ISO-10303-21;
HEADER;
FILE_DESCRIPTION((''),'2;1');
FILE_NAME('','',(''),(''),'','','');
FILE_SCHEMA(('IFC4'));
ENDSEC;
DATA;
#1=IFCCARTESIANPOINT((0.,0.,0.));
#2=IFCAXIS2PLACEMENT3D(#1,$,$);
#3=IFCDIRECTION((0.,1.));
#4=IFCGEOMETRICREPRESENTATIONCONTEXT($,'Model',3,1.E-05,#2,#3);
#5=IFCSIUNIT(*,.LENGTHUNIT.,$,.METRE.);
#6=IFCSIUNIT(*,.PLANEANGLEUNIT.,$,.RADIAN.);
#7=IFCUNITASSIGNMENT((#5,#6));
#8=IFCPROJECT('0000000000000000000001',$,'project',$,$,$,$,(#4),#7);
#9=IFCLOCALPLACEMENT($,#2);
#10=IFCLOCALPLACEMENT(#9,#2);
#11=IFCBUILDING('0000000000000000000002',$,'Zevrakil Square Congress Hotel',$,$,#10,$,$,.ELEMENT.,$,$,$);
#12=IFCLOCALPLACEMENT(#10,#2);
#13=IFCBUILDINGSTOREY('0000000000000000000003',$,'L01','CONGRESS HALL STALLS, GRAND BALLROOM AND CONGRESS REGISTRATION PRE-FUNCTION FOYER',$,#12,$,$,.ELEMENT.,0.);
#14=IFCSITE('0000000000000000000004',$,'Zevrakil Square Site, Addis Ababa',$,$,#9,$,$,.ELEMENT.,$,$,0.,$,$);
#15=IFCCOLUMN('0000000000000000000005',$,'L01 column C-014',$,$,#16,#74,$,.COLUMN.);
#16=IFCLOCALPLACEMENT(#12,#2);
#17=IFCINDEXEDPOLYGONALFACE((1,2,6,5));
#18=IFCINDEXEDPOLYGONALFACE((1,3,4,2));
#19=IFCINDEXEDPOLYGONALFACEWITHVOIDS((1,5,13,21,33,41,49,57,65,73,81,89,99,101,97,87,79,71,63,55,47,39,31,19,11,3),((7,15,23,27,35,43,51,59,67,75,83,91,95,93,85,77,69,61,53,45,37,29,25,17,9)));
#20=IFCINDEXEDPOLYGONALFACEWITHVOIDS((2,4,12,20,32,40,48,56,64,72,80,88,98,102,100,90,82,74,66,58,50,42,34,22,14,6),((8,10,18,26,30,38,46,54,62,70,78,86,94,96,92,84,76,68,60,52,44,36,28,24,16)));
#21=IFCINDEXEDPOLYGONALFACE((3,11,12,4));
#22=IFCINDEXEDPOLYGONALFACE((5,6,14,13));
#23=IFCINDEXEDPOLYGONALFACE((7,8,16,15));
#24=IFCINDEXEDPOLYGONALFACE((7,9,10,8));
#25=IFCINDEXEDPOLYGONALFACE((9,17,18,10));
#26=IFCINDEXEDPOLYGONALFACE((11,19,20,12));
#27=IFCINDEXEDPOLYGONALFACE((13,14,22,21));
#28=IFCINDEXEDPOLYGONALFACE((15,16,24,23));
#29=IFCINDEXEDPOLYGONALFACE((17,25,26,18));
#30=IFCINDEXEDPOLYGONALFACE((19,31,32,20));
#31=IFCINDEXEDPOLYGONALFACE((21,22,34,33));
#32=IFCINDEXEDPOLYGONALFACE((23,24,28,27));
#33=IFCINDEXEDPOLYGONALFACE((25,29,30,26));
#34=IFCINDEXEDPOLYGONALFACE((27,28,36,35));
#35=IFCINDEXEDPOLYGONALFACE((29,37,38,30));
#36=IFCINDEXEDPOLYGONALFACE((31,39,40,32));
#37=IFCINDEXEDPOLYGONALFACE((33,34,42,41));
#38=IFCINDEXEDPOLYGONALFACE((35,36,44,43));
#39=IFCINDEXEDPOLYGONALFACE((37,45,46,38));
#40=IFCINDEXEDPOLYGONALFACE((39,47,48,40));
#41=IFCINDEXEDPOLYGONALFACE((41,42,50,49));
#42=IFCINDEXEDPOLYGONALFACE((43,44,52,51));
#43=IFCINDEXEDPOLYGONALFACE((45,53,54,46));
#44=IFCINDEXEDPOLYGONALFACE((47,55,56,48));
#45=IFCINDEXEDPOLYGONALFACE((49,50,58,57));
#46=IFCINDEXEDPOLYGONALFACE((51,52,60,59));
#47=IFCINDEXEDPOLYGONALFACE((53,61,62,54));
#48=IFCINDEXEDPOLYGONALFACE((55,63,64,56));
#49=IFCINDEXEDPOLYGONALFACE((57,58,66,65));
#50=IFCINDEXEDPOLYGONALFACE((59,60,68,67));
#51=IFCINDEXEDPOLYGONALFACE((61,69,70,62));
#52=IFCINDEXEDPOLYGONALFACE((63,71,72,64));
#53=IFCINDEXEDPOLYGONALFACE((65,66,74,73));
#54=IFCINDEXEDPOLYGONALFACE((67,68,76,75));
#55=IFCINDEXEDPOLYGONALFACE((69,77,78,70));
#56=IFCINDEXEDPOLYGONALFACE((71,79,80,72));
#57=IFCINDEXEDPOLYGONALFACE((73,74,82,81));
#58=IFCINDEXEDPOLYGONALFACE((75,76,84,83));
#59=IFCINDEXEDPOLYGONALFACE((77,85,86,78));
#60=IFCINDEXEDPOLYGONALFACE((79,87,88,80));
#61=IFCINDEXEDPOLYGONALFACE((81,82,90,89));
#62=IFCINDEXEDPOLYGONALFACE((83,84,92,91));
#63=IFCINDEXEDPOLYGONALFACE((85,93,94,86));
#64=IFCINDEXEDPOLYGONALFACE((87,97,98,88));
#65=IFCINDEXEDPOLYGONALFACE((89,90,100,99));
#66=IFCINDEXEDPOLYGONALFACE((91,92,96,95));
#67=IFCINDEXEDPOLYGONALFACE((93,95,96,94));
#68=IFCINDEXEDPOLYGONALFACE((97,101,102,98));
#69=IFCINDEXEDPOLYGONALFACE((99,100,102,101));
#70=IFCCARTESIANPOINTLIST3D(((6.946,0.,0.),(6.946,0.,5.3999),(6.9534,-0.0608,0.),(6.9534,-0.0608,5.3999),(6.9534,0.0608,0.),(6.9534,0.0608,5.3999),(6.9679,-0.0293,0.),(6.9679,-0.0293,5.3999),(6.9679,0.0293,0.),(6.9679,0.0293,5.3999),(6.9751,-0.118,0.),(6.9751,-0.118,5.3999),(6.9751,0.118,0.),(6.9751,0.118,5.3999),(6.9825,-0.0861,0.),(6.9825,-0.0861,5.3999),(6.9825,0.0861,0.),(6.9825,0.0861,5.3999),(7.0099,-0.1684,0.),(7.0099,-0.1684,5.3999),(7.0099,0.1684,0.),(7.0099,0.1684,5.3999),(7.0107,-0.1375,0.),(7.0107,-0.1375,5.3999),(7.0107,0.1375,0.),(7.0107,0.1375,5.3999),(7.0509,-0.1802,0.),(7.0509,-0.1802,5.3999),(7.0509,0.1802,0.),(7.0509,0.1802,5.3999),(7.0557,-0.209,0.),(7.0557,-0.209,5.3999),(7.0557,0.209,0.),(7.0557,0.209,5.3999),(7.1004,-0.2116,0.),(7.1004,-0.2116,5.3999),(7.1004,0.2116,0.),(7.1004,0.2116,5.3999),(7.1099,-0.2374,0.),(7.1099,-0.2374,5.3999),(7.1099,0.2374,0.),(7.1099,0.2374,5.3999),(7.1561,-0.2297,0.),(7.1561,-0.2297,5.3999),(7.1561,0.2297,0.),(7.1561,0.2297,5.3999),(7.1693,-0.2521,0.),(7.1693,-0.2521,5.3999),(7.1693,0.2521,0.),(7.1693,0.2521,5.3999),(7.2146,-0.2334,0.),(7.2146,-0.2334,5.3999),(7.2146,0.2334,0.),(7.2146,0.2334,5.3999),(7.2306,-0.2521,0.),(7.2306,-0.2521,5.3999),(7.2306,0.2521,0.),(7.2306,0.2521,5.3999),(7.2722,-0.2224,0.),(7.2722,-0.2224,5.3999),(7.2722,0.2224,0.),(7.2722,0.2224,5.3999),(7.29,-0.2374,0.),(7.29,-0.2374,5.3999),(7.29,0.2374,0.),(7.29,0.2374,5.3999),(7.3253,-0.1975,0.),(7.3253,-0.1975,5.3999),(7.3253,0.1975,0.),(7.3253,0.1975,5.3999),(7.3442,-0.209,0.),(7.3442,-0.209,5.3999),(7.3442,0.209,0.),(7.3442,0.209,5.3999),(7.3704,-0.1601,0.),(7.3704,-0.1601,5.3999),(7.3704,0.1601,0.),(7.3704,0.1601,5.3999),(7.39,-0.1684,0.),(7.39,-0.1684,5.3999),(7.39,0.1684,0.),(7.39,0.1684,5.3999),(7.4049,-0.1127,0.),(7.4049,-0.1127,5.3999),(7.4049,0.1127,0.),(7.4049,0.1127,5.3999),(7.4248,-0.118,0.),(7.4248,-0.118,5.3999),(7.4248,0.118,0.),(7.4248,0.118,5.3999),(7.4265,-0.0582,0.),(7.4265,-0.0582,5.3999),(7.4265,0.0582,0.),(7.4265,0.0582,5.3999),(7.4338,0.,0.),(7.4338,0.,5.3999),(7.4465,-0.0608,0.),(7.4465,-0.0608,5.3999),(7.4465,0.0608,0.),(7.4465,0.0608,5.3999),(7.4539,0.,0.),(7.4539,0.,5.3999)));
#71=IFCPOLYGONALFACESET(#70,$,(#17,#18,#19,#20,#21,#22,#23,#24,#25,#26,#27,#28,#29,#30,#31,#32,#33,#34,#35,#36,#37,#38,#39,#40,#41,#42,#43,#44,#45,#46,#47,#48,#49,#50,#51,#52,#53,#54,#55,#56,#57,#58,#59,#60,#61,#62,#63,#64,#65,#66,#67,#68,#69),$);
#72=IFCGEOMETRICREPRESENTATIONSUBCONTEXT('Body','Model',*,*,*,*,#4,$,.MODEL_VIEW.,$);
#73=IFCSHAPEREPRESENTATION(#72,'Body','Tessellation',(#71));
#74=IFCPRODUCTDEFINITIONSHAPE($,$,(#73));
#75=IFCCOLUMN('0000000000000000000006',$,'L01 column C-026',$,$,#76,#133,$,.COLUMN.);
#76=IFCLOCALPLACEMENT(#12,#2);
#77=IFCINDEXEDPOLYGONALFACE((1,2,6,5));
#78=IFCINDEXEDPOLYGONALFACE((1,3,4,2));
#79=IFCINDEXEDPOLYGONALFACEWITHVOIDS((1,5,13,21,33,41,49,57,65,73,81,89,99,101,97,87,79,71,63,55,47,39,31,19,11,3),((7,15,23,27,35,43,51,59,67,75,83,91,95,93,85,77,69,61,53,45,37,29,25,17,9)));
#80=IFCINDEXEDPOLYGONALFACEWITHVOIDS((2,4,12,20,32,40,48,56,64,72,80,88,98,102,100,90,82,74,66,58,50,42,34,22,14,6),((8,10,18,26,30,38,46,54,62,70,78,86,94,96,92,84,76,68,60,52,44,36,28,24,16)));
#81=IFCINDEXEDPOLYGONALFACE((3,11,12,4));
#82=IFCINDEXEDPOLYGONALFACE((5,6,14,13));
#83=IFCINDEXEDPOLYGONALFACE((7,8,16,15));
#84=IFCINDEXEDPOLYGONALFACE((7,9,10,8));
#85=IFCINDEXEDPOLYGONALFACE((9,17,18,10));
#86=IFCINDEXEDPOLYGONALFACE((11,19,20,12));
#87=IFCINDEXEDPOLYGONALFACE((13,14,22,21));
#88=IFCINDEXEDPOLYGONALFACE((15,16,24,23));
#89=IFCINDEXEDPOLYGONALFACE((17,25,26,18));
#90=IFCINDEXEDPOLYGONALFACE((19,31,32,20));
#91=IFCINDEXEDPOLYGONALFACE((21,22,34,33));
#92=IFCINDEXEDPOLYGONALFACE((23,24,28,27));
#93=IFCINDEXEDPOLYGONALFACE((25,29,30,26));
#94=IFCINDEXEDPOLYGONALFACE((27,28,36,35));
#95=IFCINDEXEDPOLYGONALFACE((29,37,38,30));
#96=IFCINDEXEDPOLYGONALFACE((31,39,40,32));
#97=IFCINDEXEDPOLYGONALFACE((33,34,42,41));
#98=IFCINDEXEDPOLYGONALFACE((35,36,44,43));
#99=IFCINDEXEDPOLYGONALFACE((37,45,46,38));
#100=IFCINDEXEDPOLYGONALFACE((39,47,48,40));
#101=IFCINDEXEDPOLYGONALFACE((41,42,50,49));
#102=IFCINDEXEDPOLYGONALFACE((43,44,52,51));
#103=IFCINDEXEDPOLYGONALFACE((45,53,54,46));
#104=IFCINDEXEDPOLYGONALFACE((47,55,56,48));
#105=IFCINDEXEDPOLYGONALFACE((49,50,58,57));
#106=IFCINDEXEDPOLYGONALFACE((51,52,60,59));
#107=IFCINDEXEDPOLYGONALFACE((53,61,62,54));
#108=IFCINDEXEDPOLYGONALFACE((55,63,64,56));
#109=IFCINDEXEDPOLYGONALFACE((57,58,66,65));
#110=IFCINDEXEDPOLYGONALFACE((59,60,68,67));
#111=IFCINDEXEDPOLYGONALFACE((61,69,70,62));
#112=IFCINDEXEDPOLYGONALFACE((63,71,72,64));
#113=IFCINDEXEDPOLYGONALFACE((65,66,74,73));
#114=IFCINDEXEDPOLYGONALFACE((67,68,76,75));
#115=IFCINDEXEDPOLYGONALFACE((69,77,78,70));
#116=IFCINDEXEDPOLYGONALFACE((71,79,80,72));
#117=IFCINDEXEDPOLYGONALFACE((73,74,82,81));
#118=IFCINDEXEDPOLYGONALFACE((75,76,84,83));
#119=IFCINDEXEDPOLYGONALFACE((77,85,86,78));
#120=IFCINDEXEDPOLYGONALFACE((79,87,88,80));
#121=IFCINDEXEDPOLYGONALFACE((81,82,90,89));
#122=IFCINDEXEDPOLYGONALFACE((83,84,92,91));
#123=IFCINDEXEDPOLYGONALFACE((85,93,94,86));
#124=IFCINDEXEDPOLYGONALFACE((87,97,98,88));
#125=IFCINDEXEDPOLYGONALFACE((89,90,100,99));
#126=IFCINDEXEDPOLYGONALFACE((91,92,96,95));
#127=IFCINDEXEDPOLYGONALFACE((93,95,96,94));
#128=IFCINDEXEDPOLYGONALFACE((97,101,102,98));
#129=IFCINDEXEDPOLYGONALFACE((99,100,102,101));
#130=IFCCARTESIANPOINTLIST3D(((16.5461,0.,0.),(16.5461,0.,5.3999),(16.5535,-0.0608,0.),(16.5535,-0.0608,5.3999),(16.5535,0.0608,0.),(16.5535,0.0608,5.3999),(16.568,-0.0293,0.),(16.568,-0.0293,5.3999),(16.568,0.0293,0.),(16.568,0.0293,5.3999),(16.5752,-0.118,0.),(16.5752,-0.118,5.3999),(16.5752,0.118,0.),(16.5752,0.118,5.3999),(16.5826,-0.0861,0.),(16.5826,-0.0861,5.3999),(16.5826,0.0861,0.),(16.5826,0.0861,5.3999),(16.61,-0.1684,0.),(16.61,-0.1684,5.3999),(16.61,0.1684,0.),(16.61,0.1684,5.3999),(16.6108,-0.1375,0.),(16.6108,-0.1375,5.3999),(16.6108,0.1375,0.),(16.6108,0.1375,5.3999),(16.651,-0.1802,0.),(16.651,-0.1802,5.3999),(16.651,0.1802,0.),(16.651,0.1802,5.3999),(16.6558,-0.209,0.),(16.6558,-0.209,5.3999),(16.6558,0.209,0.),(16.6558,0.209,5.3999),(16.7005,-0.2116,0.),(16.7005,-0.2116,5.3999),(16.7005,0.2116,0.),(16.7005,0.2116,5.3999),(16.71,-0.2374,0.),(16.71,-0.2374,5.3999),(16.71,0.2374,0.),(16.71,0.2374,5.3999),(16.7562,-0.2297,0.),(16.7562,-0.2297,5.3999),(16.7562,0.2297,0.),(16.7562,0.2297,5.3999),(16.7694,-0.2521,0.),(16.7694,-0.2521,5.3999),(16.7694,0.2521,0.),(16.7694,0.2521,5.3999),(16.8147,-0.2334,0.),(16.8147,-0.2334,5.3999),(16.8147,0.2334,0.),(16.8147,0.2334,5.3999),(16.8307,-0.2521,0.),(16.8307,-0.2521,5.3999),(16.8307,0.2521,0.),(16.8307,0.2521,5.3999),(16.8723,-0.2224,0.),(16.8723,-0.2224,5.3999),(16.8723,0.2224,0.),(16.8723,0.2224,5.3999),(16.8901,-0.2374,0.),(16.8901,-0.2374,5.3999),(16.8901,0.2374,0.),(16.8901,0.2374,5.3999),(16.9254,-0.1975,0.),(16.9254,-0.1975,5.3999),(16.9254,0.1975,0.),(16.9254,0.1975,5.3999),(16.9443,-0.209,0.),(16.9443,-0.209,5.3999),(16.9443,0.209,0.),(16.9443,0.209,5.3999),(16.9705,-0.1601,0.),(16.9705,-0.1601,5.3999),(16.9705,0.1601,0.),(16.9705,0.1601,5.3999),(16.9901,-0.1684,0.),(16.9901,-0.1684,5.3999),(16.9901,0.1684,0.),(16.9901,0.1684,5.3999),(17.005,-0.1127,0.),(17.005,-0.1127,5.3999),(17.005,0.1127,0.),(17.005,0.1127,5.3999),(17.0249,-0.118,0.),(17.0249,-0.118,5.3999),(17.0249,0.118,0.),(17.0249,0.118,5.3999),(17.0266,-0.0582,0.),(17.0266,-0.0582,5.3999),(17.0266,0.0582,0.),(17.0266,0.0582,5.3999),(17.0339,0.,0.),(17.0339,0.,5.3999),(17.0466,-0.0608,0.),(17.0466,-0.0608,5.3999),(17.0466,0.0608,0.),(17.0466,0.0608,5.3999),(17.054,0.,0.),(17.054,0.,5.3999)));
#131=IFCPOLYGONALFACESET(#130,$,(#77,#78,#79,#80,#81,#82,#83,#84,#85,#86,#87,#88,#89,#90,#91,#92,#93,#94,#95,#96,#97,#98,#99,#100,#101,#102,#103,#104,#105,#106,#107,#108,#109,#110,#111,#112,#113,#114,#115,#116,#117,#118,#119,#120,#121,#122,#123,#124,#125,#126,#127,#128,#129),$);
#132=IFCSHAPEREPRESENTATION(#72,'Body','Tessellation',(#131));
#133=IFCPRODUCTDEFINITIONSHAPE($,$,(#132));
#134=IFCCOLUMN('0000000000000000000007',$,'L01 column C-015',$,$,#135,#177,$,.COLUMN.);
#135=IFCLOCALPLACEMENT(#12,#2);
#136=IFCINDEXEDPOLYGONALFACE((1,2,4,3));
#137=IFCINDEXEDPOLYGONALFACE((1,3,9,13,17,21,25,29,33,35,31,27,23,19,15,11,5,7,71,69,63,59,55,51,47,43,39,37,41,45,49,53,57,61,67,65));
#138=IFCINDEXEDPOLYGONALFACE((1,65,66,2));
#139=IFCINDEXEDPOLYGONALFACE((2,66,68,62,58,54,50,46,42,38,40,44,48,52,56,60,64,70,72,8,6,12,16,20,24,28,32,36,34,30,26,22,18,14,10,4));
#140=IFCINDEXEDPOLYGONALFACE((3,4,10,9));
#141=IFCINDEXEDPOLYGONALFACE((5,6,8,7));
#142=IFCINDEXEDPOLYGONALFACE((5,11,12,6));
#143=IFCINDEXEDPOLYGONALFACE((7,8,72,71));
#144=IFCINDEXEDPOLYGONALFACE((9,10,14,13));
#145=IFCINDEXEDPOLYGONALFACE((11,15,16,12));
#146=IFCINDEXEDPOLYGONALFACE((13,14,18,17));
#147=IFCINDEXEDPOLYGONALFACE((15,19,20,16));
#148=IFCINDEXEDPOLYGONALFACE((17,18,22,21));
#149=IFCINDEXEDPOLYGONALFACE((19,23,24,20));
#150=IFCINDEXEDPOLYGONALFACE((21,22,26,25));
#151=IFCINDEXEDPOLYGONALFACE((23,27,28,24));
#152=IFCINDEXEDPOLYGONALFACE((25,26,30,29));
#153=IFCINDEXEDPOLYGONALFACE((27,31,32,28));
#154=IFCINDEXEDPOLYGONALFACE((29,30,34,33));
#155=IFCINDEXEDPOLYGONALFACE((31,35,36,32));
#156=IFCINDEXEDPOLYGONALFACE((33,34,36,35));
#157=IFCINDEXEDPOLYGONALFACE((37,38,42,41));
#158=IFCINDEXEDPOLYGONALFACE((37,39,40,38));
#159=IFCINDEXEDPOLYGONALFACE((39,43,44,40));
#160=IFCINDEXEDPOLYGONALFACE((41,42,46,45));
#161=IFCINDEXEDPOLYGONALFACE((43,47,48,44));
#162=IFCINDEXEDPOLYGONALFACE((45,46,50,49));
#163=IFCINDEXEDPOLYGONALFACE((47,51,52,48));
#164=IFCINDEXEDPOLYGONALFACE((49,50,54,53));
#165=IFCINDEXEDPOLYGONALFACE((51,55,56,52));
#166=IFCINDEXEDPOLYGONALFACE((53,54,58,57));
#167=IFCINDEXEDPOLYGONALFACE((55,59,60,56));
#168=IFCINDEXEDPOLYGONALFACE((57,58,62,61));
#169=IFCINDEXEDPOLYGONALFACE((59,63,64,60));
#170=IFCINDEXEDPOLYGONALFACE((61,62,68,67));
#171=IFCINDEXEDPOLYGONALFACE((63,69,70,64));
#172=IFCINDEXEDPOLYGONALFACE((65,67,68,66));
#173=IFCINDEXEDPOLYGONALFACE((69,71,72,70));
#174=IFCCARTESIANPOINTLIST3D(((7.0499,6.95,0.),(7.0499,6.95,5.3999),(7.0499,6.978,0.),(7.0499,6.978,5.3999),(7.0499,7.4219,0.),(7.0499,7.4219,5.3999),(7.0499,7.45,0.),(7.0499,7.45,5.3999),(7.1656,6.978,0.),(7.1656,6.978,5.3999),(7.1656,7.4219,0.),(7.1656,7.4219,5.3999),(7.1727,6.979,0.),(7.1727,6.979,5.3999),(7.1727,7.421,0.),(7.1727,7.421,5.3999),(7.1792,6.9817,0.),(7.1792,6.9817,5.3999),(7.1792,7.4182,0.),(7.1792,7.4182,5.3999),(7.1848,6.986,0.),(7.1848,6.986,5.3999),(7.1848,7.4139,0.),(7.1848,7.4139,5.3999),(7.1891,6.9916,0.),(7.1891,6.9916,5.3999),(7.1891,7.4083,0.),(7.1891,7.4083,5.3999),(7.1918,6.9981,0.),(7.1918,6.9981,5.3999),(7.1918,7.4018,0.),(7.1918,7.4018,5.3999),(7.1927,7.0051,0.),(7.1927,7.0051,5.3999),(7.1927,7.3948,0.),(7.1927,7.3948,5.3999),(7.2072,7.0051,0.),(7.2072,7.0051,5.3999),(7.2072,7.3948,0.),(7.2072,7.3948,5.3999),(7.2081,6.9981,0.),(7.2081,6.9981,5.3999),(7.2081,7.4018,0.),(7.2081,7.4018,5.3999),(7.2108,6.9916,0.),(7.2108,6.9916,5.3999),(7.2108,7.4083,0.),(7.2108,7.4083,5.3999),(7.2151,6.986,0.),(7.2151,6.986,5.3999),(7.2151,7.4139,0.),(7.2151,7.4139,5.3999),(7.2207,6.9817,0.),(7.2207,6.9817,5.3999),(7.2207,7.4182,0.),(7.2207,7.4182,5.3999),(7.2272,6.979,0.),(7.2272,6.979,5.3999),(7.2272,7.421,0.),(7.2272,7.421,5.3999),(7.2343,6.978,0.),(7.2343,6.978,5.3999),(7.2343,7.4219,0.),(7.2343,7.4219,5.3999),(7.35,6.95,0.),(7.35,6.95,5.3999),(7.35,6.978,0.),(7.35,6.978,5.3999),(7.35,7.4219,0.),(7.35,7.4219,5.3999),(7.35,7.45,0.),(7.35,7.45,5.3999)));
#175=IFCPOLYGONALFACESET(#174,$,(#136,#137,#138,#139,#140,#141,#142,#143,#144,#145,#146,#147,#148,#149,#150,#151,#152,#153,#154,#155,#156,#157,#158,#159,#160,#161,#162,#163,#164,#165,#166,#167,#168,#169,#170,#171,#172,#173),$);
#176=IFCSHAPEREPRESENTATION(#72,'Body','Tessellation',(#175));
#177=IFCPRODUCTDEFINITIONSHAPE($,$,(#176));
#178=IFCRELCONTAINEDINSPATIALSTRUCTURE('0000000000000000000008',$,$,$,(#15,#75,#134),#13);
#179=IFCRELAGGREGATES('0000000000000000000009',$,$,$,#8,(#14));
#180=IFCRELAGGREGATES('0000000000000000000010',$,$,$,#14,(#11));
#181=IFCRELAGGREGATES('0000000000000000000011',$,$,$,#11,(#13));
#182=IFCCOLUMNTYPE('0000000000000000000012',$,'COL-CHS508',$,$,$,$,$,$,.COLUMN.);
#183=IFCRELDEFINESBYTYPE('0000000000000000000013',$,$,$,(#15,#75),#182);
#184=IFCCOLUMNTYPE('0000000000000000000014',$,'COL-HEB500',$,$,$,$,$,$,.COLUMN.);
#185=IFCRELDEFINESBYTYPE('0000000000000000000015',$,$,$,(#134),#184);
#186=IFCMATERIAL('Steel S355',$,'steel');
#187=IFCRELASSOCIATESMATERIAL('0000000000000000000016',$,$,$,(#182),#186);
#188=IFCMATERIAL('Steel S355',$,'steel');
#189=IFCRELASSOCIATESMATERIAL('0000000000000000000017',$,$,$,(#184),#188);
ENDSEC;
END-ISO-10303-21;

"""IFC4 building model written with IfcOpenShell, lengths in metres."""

from ifc_helpers import new_model, si_unit, direction, frame, origin, origin_2d, place, context, subcontext, project, spatial, hollow_circle, i_section, extrude, material, material_profile, profile_set, type_object, element, save


model = new_model("IFC4")

# Units and contexts
model_context = context("Model", 3, precision=1e-05, world=origin(), true_north=direction((0.0, 1.0)))
body_context = subcontext(model_context, "Body", "Model", "MODEL_VIEW")
ifc_project = project(units=[si_unit("LENGTHUNIT", "METRE"), si_unit("PLANEANGLEUNIT", "RADIAN")], contexts=[model_context])

# Site, building, storey
site_placement = place(None, origin())
site = spatial("IfcSite", under=ifc_project, at=site_placement, Name="Zevrakil Square Site, Addis Ababa", CompositionType="ELEMENT", RefElevation=0.0)
building_placement = place(site_placement, origin())
building = spatial("IfcBuilding", under=site, at=building_placement, Name="Zevrakil Square Congress Hotel", CompositionType="ELEMENT")
storey_placement = place(building_placement, origin())
storey = spatial("IfcBuildingStorey", under=building, at=storey_placement, Name="L01", Description="CONGRESS HALL STALLS, GRAND BALLROOM AND CONGRESS REGISTRATION PRE-FUNCTION FOYER", CompositionType="ELEMENT", Elevation=0.0)

# Columns
ifc_material_1 = material(Name="Steel S355", Category="steel")
ifc_material_profile_1 = material_profile(ifc_material_1, hollow_circle(Radius=0.2539, WallThickness=0.02, at=origin_2d()), Name="CHS 508x20")
ifc_profile_set_1 = profile_set([ifc_material_profile_1], Name="Steel S355")
column_type_1 = type_object("IfcColumnType", Name="COL-CHS508", PredefinedType="COLUMN", material=ifc_profile_set_1)
for number, where, z_axis, x_axis, name in (
    (1, (7.2, 0.0, 0.0), (0.0, 0.0, 1.0), (1.0, 0.0, 0.0), "L01 column C-014"),
    (2, (16.8, 0.0, 0.0), (0.0, 0.0, 1.0), (1.0, 0.0, 0.0), "L01 column C-026"),
):
    element("IfcColumn", number, at=place(storey_placement, frame(where, z_axis=z_axis, x_axis=x_axis)), inside=storey, type_object=column_type_1, Name=name, PredefinedType="COLUMN", context=body_context, shape_type="SweptSolid", body=[
        extrude(hollow_circle(Radius=0.2539, WallThickness=0.02, at=origin_2d()), origin(), (0.0, 0.0, 1.0), 5.3999),
    ])
ifc_material_2 = material(Name="Steel S355", Category="steel")
ifc_material_profile_2 = material_profile(ifc_material_2, i_section(OverallWidth=0.3, OverallDepth=0.5, WebThickness=0.0144, FlangeThickness=0.0281, FilletRadius=0.0271, at=origin_2d()), Name="HEB 500")
ifc_profile_set_2 = profile_set([ifc_material_profile_2], Name="Steel S355")
column_type_2 = type_object("IfcColumnType", Name="COL-HEB500", PredefinedType="COLUMN", material=ifc_profile_set_2)
for number, where, z_axis, x_axis, name in (
    (3, (7.2, 7.2, 0.0), (0.0, 0.0, 1.0), (1.0, 0.0, 0.0), "L01 column C-015"),
):
    element("IfcColumn", number, at=place(storey_placement, frame(where, z_axis=z_axis, x_axis=x_axis)), inside=storey, type_object=column_type_2, Name=name, PredefinedType="COLUMN", context=body_context, shape_type="SweptSolid", body=[
        extrude(i_section(OverallWidth=0.3, OverallDepth=0.5, WebThickness=0.0144, FlangeThickness=0.0281, FilletRadius=0.0271, at=origin_2d()), origin(), (0.0, 0.0, 1.0), 5.3999),
    ])

save(model, "model.ifc")
